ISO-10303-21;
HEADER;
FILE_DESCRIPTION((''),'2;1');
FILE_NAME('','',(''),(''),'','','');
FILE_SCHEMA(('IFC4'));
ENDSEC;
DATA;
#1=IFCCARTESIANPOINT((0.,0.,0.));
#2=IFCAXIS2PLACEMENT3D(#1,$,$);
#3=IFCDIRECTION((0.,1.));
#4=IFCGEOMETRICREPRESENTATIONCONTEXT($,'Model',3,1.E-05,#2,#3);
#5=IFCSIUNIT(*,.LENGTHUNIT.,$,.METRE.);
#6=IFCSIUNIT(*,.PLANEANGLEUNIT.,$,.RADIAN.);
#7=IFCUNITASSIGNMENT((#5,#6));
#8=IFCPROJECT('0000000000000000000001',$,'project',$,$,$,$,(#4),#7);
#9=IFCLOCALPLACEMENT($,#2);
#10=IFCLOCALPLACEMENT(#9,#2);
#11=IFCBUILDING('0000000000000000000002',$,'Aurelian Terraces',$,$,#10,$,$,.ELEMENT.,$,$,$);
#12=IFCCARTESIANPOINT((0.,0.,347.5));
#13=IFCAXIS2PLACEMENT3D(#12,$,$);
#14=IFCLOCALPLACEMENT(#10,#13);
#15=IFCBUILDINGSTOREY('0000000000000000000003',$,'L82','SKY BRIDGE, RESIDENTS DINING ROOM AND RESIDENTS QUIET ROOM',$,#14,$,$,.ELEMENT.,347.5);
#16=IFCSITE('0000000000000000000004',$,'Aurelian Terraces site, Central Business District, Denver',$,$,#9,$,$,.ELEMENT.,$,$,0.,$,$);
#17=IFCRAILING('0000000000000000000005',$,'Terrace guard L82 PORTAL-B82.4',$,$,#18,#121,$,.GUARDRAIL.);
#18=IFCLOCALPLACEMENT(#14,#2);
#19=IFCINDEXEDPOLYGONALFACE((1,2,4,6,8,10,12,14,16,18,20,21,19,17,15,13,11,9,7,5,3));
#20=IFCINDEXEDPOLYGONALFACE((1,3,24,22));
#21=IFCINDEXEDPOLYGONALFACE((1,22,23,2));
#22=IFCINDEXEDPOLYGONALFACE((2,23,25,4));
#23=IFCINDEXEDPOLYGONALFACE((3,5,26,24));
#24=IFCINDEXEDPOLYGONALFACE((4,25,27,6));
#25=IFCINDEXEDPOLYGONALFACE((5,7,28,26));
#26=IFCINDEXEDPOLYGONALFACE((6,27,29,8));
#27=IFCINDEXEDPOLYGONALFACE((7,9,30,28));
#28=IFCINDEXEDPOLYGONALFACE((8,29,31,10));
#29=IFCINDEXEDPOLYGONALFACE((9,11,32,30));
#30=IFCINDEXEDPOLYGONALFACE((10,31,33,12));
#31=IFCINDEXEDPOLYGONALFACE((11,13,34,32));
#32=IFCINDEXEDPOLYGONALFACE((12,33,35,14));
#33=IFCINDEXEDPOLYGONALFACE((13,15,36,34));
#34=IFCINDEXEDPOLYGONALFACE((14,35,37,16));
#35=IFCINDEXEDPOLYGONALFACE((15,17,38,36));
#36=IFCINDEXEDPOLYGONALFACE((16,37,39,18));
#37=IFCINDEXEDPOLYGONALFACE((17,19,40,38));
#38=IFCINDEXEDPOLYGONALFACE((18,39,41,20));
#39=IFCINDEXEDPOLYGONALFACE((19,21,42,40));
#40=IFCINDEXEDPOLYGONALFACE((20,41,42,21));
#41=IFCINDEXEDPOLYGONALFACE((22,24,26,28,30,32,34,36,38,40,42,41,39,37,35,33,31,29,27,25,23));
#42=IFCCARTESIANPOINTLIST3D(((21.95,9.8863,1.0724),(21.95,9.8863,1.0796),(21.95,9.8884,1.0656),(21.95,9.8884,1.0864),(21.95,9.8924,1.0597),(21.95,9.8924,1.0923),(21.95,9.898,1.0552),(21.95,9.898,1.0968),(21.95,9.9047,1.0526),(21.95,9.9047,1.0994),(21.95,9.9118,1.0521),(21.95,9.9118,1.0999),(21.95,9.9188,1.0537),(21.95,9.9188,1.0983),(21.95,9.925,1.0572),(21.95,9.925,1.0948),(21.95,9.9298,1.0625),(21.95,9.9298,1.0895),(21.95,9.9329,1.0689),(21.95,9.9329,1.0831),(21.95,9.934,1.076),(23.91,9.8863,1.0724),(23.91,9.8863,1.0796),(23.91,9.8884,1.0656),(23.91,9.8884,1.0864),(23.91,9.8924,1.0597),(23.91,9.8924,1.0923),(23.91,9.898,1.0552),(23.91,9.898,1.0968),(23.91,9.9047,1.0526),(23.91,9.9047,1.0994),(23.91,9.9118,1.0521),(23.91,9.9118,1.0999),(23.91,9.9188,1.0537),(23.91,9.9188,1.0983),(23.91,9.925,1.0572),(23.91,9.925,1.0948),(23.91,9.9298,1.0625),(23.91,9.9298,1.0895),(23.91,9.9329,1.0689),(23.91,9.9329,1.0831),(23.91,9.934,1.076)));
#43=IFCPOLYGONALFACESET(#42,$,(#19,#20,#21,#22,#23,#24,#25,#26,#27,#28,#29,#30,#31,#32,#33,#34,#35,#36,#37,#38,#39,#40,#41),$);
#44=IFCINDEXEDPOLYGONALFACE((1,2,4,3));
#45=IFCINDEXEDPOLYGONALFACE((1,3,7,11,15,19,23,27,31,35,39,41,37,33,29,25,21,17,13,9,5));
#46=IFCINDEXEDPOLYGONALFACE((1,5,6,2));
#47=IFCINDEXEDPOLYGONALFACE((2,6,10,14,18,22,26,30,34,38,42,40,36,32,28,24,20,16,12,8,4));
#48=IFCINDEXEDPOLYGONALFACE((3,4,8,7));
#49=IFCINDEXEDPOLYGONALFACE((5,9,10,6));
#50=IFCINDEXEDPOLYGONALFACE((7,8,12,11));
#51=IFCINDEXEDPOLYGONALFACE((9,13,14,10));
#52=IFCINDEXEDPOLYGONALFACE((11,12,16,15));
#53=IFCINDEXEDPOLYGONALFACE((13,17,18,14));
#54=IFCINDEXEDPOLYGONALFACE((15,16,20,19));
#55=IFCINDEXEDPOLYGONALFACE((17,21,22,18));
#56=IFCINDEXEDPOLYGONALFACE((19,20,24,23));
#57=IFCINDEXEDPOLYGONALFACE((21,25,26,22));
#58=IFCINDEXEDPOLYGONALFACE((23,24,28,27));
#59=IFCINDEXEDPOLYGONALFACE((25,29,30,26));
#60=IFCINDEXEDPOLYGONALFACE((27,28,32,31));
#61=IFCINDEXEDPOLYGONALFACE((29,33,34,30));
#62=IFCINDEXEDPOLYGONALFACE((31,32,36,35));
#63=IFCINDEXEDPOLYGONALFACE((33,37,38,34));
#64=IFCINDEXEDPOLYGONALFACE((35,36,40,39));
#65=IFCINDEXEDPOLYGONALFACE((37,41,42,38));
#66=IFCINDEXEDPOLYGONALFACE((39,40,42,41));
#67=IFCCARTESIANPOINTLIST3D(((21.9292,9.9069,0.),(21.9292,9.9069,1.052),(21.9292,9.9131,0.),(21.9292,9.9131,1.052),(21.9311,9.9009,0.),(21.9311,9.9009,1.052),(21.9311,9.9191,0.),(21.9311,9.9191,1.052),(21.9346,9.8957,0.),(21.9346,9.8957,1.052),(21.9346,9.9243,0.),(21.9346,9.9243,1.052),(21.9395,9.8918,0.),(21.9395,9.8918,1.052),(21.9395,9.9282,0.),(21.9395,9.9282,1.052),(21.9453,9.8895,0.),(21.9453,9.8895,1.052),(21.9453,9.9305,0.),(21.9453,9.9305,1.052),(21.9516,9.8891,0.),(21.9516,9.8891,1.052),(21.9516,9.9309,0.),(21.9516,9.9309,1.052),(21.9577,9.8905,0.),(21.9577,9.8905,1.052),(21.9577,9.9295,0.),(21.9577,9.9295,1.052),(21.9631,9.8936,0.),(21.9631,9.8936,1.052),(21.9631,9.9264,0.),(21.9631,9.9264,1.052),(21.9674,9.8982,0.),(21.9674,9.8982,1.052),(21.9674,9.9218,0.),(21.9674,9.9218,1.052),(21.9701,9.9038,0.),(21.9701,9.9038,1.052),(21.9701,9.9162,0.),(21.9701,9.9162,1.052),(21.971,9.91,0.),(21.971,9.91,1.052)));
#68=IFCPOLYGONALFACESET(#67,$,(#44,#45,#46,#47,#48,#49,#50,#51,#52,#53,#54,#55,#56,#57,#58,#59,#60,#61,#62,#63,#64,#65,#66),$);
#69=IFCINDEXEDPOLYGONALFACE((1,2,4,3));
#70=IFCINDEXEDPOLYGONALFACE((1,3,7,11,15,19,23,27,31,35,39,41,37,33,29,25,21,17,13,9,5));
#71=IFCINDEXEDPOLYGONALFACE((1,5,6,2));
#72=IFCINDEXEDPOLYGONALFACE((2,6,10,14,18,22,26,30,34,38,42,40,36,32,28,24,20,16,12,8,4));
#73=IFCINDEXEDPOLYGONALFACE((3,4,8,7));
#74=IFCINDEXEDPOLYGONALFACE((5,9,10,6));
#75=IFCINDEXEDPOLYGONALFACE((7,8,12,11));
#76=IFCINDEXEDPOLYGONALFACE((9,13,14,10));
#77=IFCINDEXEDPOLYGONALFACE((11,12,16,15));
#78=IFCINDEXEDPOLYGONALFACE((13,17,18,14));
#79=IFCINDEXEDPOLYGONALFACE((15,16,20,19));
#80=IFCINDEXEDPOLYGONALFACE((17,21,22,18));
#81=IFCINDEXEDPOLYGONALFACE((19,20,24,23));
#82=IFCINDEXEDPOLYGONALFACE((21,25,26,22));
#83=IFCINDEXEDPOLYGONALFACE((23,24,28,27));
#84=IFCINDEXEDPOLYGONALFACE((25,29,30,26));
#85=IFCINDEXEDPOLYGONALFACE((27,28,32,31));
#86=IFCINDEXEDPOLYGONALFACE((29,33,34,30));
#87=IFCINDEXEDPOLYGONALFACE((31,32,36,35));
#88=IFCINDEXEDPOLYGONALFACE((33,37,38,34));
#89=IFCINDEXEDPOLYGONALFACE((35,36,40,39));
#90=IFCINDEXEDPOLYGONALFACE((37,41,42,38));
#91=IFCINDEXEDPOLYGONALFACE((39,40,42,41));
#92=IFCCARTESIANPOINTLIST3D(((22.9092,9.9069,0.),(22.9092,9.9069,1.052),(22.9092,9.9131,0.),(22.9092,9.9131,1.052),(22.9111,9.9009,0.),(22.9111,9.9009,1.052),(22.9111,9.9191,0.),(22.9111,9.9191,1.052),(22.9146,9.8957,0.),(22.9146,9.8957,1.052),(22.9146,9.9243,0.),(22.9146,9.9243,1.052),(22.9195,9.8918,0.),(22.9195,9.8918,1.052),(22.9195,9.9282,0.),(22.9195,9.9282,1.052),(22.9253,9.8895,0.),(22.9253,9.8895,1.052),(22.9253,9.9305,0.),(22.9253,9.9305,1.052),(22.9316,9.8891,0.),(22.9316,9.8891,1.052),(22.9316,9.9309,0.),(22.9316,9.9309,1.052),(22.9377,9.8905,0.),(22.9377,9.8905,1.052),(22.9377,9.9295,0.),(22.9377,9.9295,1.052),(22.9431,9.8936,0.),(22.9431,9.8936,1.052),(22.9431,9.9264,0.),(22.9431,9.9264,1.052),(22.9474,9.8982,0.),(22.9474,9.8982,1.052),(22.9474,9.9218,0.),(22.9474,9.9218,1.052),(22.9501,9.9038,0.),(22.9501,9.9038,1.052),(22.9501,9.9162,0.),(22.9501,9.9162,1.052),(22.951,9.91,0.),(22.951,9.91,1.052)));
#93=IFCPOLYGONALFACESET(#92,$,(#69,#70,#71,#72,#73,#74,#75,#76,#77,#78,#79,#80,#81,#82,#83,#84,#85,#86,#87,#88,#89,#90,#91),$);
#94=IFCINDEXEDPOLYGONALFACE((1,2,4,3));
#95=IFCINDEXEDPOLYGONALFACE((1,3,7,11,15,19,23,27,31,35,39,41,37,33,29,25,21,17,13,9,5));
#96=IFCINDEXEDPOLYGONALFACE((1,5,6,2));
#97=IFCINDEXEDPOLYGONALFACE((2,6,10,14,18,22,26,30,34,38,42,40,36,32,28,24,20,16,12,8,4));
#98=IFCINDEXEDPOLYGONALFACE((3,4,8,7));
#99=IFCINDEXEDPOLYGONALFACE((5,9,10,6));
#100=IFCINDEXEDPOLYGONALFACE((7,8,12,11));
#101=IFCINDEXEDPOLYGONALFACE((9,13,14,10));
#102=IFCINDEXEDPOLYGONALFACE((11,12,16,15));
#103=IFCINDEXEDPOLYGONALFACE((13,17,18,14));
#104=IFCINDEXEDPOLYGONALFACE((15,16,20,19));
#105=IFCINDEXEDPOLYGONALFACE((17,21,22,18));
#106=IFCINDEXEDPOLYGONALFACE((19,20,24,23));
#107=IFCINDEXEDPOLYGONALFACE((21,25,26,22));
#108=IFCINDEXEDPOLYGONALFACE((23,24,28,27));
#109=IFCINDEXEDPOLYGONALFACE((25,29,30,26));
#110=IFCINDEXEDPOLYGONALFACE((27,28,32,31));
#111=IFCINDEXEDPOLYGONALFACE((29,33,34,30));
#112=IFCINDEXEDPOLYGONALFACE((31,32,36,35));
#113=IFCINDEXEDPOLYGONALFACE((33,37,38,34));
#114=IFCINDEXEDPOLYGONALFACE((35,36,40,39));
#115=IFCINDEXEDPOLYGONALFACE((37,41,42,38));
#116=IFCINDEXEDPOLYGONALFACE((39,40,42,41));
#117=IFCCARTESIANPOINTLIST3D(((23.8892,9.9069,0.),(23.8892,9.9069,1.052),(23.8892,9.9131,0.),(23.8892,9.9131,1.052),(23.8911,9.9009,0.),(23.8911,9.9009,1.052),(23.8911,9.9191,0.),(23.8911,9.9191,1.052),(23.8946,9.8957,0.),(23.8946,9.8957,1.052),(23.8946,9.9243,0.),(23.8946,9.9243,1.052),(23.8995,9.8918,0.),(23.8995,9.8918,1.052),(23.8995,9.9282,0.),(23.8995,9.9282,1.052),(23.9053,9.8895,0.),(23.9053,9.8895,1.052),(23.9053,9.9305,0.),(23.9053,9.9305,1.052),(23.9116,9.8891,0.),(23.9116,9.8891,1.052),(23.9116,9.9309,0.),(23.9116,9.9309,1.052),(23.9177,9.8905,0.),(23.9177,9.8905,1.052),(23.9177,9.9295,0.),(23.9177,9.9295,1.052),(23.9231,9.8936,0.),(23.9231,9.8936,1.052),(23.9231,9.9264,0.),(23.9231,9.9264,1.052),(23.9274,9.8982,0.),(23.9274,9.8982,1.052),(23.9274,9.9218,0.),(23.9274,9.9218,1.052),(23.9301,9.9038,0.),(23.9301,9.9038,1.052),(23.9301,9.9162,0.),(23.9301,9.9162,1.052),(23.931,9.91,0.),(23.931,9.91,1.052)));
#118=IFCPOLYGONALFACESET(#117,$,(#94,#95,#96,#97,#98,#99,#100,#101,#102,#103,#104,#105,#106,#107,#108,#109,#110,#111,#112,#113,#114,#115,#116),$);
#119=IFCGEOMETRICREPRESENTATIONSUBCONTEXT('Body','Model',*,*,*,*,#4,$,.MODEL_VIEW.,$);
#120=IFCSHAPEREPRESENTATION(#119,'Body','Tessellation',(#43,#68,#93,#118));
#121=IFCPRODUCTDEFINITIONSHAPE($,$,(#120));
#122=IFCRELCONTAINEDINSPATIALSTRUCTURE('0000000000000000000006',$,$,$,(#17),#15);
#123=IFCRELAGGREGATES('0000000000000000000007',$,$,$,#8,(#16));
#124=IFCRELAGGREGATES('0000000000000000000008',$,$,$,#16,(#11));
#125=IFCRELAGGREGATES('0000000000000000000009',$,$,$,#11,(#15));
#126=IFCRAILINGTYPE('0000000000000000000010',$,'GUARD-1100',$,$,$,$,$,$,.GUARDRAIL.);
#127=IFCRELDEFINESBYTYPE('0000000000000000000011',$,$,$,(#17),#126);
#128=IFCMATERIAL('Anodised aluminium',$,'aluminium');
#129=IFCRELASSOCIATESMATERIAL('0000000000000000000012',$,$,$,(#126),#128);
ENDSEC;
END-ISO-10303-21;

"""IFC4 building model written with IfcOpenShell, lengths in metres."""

from ifc_helpers import new_model, si_unit, direction, frame, origin, origin_2d, place, context, subcontext, project, spatial, circle, extrude, source, transform, mapped, material, type_object, element, save


model = new_model("IFC4")

# Units and contexts
model_context = context("Model", 3, precision=1e-05, world=origin(), true_north=direction((0.0, 1.0)))
body_context = subcontext(model_context, "Body", "Model", "MODEL_VIEW")
ifc_project = project(units=[si_unit("LENGTHUNIT", "METRE"), si_unit("PLANEANGLEUNIT", "RADIAN")], contexts=[model_context])

# Site, building, storey
site_placement = place(None, origin())
site = spatial("IfcSite", under=ifc_project, at=site_placement, Name="Aurelian Terraces site, Central Business District, Denver", CompositionType="ELEMENT", RefElevation=0.0)
building_placement = place(site_placement, origin())
building = spatial("IfcBuilding", under=site, at=building_placement, Name="Aurelian Terraces", CompositionType="ELEMENT")
storey_placement = place(building_placement, frame((0.0, 0.0, 347.5)))
storey = spatial("IfcBuildingStorey", under=building, at=storey_placement, Name="L82", Description="SKY BRIDGE, RESIDENTS DINING ROOM AND RESIDENTS QUIET ROOM", CompositionType="ELEMENT", Elevation=347.5)

# Shared definitions
ifc_material_1 = material(Name="Anodised aluminium", Category="aluminium")
railing_type = type_object("IfcRailingType", Name="GUARD-1100", PredefinedType="GUARDRAIL", material=ifc_material_1)

# Railing
shared_shape_1 = source(origin(), body_context, "Body", "SweptSolid", [
    extrude(circle(Radius=0.024, at=origin_2d()), frame((0.0, 0.0, 1.076), z_axis=(1.0, 0.0, 0.0), x_axis=(0.0, 1.0, 0.0)), (0.0, 0.0, 1.0), 1.96),
    extrude(circle(Radius=0.021, at=origin_2d()), origin(), (0.0, 0.0, 1.0), 1.052),
    extrude(circle(Radius=0.021, at=origin_2d()), frame((0.98, 0.0, 0.0)), (0.0, 0.0, 1.0), 1.052),
    extrude(circle(Radius=0.021, at=origin_2d()), frame((1.96, 0.0, 0.0)), (0.0, 0.0, 1.0), 1.052),
])
railing_1_placement = place(storey_placement, frame((21.95, 9.91, 0.0)))
element("IfcRailing", 1, at=railing_1_placement, inside=storey, type_object=railing_type, Name="Terrace guard L82 PORTAL-B82.4", PredefinedType="GUARDRAIL", context=body_context, shape_type="MappedRepresentation", body=[
    mapped(shared_shape_1, transform((0.0, 0.0, 0.0), scale=1.0)),
])

save(model, "model.ifc")
